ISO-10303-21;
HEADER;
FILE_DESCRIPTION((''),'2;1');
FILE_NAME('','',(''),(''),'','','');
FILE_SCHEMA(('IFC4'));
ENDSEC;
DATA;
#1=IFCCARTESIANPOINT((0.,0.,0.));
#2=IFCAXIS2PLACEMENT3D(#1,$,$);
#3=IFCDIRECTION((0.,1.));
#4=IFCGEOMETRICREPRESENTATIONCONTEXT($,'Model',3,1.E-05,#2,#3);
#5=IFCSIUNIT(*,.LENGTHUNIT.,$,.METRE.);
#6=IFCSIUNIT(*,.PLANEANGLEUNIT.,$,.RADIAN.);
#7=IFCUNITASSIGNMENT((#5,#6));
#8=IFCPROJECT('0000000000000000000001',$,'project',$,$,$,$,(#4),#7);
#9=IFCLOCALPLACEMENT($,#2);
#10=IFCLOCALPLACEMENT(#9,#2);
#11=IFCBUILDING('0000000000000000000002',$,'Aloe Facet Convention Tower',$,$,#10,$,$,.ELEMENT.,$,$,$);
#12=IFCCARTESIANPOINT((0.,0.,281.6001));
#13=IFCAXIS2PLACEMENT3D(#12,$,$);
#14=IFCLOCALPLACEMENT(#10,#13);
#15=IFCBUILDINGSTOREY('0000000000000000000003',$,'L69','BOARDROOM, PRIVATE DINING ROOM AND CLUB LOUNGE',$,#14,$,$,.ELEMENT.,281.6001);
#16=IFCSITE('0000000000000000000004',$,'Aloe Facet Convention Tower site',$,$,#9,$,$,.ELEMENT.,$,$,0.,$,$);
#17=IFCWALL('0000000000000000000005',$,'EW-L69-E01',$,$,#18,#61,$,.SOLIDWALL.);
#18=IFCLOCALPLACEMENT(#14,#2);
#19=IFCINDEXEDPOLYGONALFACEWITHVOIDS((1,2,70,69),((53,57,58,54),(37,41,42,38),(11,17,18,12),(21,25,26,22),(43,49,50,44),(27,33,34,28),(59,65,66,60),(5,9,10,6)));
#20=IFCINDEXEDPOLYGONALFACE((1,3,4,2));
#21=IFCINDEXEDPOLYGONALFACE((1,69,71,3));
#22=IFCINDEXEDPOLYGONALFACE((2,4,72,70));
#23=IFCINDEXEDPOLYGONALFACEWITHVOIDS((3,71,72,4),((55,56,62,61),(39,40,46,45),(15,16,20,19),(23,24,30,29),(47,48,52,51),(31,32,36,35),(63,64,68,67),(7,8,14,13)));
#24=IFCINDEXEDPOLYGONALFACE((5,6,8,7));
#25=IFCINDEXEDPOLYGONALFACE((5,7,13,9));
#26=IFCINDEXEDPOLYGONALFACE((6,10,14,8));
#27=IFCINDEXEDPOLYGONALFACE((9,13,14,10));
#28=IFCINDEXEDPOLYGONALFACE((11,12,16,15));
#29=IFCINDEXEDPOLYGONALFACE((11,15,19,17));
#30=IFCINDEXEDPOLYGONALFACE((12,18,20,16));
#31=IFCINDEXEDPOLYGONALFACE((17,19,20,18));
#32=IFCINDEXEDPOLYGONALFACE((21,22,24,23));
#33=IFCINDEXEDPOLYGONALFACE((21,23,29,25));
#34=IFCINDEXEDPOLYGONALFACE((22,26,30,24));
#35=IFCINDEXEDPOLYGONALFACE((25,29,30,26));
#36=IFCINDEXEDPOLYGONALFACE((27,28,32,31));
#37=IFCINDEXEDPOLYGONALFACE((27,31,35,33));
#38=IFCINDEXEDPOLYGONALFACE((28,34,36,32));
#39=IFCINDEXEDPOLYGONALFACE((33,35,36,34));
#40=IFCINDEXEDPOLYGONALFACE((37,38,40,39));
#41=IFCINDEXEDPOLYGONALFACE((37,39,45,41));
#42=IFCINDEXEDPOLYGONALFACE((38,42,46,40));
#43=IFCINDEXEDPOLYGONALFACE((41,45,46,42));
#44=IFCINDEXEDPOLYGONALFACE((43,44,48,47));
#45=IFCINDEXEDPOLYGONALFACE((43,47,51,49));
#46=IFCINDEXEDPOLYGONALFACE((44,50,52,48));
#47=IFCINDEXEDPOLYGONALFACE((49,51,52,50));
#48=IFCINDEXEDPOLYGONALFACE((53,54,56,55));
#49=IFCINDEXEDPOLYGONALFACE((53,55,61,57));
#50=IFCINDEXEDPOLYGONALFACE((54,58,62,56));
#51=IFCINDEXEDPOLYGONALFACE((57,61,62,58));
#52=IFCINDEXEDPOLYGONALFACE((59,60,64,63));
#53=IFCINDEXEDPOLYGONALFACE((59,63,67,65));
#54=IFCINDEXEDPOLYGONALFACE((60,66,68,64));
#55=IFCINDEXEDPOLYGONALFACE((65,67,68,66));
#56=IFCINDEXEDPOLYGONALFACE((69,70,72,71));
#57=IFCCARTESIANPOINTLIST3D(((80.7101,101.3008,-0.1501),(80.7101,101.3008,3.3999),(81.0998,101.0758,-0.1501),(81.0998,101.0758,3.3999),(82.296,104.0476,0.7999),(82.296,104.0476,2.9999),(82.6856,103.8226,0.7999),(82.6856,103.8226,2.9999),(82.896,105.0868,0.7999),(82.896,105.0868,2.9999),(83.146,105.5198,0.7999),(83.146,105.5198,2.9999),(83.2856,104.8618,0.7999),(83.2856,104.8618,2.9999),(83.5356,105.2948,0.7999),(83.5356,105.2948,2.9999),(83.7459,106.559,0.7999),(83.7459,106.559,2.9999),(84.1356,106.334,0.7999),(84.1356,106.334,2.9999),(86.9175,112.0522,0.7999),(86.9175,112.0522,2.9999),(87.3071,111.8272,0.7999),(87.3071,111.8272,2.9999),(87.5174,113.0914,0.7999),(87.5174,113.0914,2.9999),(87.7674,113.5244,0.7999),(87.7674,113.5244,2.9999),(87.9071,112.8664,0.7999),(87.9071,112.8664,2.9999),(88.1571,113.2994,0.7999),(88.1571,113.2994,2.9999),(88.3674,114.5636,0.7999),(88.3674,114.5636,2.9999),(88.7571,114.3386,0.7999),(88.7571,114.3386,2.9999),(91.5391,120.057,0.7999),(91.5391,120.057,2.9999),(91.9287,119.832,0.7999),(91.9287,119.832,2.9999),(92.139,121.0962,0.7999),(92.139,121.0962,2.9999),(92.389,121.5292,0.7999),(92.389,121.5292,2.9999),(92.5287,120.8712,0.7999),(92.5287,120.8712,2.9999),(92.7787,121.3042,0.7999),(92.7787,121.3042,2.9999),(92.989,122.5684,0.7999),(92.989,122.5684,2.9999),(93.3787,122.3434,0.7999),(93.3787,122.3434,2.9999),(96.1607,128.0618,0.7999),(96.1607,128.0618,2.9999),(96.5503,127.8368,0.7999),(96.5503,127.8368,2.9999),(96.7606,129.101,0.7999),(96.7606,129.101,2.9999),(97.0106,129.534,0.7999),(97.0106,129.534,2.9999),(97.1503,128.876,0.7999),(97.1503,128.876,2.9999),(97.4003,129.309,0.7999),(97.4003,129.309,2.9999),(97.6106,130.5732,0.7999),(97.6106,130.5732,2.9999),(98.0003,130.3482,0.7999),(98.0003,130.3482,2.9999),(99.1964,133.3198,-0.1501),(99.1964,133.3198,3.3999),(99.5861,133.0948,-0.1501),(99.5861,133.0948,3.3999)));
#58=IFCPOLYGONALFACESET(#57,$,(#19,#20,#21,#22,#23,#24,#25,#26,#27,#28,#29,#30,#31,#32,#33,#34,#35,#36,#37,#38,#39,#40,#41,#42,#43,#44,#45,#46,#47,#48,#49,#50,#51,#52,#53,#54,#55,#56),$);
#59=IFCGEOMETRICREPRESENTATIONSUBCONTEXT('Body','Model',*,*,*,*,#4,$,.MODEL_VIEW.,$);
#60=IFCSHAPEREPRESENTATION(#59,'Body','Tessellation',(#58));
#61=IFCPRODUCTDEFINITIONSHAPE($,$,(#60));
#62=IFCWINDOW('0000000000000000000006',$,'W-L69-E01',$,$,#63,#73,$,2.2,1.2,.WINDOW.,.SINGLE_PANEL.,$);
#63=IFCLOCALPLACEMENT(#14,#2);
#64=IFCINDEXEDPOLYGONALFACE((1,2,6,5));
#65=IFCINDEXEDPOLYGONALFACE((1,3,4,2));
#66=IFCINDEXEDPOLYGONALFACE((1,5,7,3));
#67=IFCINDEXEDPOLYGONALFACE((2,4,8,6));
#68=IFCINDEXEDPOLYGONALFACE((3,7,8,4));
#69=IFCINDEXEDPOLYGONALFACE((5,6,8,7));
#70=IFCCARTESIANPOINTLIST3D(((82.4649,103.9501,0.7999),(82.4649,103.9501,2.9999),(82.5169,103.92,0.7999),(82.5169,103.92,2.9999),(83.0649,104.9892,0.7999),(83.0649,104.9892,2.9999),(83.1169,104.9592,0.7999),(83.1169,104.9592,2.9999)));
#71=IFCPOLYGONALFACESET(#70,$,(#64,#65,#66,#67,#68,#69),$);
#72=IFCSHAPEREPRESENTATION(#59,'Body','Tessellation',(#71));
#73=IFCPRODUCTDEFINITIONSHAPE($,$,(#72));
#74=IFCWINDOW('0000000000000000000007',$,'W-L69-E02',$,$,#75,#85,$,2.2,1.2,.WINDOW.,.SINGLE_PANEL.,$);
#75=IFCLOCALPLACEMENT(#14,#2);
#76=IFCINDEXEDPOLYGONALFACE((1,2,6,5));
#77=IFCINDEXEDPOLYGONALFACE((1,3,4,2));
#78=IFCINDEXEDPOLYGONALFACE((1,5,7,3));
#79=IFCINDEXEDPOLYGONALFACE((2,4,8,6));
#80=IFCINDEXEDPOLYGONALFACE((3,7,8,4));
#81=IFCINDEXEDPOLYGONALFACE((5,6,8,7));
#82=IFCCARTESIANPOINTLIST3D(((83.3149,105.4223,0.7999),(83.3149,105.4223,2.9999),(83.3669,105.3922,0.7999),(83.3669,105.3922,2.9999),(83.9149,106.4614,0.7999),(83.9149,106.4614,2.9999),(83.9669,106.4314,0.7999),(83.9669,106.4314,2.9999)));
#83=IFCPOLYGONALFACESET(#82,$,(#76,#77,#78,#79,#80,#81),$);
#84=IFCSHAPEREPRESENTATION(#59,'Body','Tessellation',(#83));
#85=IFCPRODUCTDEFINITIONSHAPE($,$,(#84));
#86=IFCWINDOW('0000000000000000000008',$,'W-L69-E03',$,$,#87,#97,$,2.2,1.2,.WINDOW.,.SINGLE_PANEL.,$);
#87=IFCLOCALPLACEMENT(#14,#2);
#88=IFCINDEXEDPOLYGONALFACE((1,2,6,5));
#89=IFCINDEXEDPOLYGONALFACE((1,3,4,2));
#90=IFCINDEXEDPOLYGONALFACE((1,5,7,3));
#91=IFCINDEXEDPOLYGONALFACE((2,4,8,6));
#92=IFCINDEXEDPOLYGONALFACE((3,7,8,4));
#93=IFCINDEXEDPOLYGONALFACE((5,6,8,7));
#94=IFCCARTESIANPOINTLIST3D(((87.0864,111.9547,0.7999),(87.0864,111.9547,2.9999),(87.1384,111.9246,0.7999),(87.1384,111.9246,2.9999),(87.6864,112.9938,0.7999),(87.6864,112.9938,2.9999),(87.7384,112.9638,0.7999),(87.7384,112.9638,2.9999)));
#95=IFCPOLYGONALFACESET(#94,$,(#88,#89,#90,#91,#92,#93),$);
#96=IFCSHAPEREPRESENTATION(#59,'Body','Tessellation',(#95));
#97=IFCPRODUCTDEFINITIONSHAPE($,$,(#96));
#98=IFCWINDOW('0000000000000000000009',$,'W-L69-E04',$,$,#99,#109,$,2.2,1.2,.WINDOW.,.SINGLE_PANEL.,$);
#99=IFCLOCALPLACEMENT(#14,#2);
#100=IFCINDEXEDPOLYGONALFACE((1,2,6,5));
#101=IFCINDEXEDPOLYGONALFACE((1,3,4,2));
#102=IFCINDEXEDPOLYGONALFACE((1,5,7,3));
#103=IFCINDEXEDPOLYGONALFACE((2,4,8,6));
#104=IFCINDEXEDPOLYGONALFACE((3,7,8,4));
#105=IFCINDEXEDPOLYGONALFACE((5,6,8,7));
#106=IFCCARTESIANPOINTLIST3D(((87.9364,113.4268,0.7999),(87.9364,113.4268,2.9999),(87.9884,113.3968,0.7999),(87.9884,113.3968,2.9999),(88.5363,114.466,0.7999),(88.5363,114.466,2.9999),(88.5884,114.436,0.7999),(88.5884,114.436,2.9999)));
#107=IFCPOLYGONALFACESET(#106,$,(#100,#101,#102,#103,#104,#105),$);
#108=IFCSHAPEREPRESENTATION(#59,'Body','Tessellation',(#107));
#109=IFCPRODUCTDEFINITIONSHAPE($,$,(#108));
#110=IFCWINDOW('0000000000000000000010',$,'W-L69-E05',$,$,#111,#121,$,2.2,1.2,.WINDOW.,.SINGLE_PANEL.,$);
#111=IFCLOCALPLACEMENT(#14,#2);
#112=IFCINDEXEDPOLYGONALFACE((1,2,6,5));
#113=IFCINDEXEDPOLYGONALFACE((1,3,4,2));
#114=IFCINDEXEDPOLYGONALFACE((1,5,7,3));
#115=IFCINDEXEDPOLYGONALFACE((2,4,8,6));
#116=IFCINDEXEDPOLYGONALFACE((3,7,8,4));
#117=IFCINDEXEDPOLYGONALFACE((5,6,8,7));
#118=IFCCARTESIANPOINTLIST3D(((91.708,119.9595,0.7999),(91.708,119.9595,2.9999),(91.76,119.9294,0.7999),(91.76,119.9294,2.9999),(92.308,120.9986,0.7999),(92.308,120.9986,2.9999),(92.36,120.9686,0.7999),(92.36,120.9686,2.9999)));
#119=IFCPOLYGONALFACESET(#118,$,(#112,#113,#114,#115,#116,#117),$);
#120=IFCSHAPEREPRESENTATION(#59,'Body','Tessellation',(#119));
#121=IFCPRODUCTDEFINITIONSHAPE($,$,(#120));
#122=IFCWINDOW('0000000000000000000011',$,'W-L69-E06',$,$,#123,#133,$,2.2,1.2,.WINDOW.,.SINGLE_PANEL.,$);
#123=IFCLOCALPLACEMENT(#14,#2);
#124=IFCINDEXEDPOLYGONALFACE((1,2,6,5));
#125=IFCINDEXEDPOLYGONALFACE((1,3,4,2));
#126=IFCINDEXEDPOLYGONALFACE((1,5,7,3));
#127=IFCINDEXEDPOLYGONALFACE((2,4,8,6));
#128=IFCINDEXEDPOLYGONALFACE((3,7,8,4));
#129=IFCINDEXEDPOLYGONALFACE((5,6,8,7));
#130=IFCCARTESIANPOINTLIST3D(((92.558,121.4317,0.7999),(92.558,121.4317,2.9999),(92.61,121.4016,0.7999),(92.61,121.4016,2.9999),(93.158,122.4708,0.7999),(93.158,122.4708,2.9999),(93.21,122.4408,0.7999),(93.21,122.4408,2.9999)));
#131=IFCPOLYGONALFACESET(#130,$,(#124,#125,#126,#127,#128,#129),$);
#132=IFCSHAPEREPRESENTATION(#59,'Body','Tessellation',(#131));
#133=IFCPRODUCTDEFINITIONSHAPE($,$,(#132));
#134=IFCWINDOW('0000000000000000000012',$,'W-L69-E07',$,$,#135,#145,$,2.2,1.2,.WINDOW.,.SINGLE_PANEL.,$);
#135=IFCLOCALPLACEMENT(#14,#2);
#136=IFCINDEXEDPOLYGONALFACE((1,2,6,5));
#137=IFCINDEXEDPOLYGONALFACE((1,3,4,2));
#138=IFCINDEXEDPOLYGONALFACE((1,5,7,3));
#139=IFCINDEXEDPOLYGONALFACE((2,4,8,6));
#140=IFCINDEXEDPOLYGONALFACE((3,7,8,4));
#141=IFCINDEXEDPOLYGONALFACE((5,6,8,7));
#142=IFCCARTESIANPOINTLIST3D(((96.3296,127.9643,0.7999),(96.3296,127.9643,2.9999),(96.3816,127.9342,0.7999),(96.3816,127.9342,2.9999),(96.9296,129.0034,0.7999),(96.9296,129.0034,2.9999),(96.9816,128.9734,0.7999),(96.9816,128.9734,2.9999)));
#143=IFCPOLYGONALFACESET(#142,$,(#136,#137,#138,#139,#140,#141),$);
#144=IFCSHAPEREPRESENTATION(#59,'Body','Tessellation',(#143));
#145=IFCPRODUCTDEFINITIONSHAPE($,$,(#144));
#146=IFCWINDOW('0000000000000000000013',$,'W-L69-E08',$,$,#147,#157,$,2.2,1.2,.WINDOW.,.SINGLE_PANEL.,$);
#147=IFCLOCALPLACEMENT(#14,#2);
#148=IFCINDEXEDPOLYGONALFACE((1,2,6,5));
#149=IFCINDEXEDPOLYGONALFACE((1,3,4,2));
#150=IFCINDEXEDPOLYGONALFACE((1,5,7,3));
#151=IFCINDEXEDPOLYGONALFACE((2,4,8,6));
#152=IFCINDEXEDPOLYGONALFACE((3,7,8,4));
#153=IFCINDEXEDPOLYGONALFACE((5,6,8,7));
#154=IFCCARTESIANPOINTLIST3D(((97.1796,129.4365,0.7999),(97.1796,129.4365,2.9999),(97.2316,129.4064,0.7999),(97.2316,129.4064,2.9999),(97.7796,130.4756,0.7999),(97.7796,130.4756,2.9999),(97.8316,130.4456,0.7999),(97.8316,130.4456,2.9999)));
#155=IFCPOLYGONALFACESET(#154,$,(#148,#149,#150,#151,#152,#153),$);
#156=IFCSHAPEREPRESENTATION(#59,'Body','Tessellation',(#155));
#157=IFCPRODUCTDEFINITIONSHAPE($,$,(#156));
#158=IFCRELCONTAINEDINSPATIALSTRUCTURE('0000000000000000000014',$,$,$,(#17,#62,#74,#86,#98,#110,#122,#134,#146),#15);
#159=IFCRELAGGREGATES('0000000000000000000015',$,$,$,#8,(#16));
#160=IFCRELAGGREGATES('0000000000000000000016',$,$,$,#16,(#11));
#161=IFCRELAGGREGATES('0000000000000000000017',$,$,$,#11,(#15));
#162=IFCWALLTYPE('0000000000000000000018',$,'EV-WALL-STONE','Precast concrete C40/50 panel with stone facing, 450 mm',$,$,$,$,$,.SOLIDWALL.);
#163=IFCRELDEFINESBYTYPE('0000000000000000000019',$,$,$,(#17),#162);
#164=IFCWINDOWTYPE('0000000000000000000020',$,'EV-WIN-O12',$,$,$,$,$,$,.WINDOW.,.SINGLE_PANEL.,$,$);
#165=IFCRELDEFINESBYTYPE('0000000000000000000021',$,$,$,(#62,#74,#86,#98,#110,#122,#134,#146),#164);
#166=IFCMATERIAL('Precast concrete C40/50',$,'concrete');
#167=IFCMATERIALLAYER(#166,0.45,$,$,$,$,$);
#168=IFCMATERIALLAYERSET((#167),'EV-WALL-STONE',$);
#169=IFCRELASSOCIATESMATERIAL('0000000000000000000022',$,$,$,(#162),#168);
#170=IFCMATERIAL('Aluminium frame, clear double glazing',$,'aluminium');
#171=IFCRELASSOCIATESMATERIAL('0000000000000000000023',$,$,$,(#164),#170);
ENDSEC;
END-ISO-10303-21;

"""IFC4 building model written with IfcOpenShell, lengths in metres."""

from ifc_helpers import new_model, si_unit, direction, frame, frame_2d, origin, place, context, subcontext, project, spatial, polyline, rectangle, outline, extrude, material, layer, layer_set, type_object, element, fill, save


model = new_model("IFC4")

# Units and contexts
model_context = context("Model", 3, precision=1e-05, world=origin(), true_north=direction((0.0, 1.0)))
body_context = subcontext(model_context, "Body", "Model", "MODEL_VIEW")
ifc_project = project(units=[si_unit("LENGTHUNIT", "METRE"), si_unit("PLANEANGLEUNIT", "RADIAN")], contexts=[model_context])

# Site, building, storey
site_placement = place(None, origin())
site = spatial("IfcSite", under=ifc_project, at=site_placement, Name="Aloe Facet Convention Tower site", CompositionType="ELEMENT", RefElevation=0.0)
building_placement = place(site_placement, origin())
building = spatial("IfcBuilding", under=site, at=building_placement, Name="Aloe Facet Convention Tower", CompositionType="ELEMENT")
storey_placement = place(building_placement, frame((0.0, 0.0, 281.6001)))
storey = spatial("IfcBuildingStorey", under=building, at=storey_placement, Name="L69", Description="BOARDROOM, PRIVATE DINING ROOM AND CLUB LOUNGE", CompositionType="ELEMENT", Elevation=281.6001)

# Wall, openings, windows
ifc_material_1 = material(Name="Precast concrete C40/50", Category="concrete")
ifc_layer_1 = layer(ifc_material_1, 0.45)
ifc_layer_set_1 = layer_set([ifc_layer_1], Name="EV-WALL-STONE")
wall_type_1 = type_object("IfcWallType", Name="EV-WALL-STONE", Description="Precast concrete C40/50 panel with stone facing, 450 mm", PredefinedType="SOLIDWALL", material=ifc_layer_set_1)
wall_1_placement = place(storey_placement, frame((80.905, 101.1882, -0.1501), z_axis=(0.0, 0.0, 1.0), x_axis=(0.500003, 0.866024, 0.0)))
wall_1 = element("IfcWall", 1, at=wall_1_placement, inside=storey, type_object=wall_type_1, Name="EW-L69-E01", PredefinedType="SOLIDWALL", context=body_context, shape_type="SweptSolid", body=[
    extrude(outline(polyline([(36.9724, 0.0), (36.9724, 3.55), (0.0, 3.55), (0.0, 0.0), (36.9724, 0.0)])), frame((0.0, 0.2251, 0.0), z_axis=(0.0, -1.0, 0.0), x_axis=(1.0, 0.0, 0.0)), (0.0, 0.0, 1.0), 0.45),
])
opening_1_placement = place(wall_1_placement, frame((3.1716, 0.0, 0.95)))
opening_1 = element("IfcOpeningElement", 2, at=opening_1_placement, cuts=wall_1, PredefinedType="OPENING", context=body_context, shape_type="SweptSolid", body=[
    extrude(rectangle(XDim=1.2, YDim=2.2, at=frame_2d((0.6001, 1.1001))), frame((0.0, 0.2349, 0.0), z_axis=(0.0, -1.0, 0.0), x_axis=(1.0, 0.0, 0.0)), (0.0, 0.0, 1.0), 0.47),
])
opening_2_placement = place(wall_1_placement, frame((4.8716, 0.0, 0.95)))
opening_2 = element("IfcOpeningElement", 3, at=opening_2_placement, cuts=wall_1, PredefinedType="OPENING", context=body_context, shape_type="SweptSolid", body=[
    extrude(rectangle(XDim=1.2, YDim=2.2, at=frame_2d((0.6001, 1.1001))), frame((0.0, 0.2349, 0.0), z_axis=(0.0, -1.0, 0.0), x_axis=(1.0, 0.0, 0.0)), (0.0, 0.0, 1.0), 0.47),
])
opening_3_placement = place(wall_1_placement, frame((12.4146, 0.0, 0.95)))
opening_3 = element("IfcOpeningElement", 4, at=opening_3_placement, cuts=wall_1, PredefinedType="OPENING", context=body_context, shape_type="SweptSolid", body=[
    extrude(rectangle(XDim=1.2, YDim=2.2, at=frame_2d((0.6001, 1.1001))), frame((0.0, 0.2349, 0.0), z_axis=(0.0, -1.0, 0.0), x_axis=(1.0, 0.0, 0.0)), (0.0, 0.0, 1.0), 0.47),
])
opening_4_placement = place(wall_1_placement, frame((14.1145, 0.0, 0.95)))
opening_4 = element("IfcOpeningElement", 5, at=opening_4_placement, cuts=wall_1, PredefinedType="OPENING", context=body_context, shape_type="SweptSolid", body=[
    extrude(rectangle(XDim=1.2, YDim=2.2, at=frame_2d((0.6001, 1.1001))), frame((0.0, 0.2349, 0.0), z_axis=(0.0, -1.0, 0.0), x_axis=(1.0, 0.0, 0.0)), (0.0, 0.0, 1.0), 0.47),
])
opening_5_placement = place(wall_1_placement, frame((21.6577, 0.0, 0.95)))
opening_5 = element("IfcOpeningElement", 6, at=opening_5_placement, cuts=wall_1, PredefinedType="OPENING", context=body_context, shape_type="SweptSolid", body=[
    extrude(rectangle(XDim=1.2, YDim=2.2, at=frame_2d((0.6001, 1.1001))), frame((0.0, 0.2349, 0.0), z_axis=(0.0, -1.0, 0.0), x_axis=(1.0, 0.0, 0.0)), (0.0, 0.0, 1.0), 0.47),
])
opening_6_placement = place(wall_1_placement, frame((23.3577, 0.0, 0.95)))
opening_6 = element("IfcOpeningElement", 7, at=opening_6_placement, cuts=wall_1, PredefinedType="OPENING", context=body_context, shape_type="SweptSolid", body=[
    extrude(rectangle(XDim=1.2, YDim=2.2, at=frame_2d((0.6001, 1.1001))), frame((0.0, 0.2349, 0.0), z_axis=(0.0, -1.0, 0.0), x_axis=(1.0, 0.0, 0.0)), (0.0, 0.0, 1.0), 0.47),
])
opening_7_placement = place(wall_1_placement, frame((30.9009, 0.0, 0.95)))
opening_7 = element("IfcOpeningElement", 8, at=opening_7_placement, cuts=wall_1, PredefinedType="OPENING", context=body_context, shape_type="SweptSolid", body=[
    extrude(rectangle(XDim=1.2, YDim=2.2, at=frame_2d((0.6001, 1.1001))), frame((0.0, 0.2349, 0.0), z_axis=(0.0, -1.0, 0.0), x_axis=(1.0, 0.0, 0.0)), (0.0, 0.0, 1.0), 0.47),
])
opening_8_placement = place(wall_1_placement, frame((32.6008, 0.0, 0.95)))
opening_8 = element("IfcOpeningElement", 9, at=opening_8_placement, cuts=wall_1, PredefinedType="OPENING", context=body_context, shape_type="SweptSolid", body=[
    extrude(rectangle(XDim=1.2, YDim=2.2, at=frame_2d((0.6001, 1.1001))), frame((0.0, 0.2349, 0.0), z_axis=(0.0, -1.0, 0.0), x_axis=(1.0, 0.0, 0.0)), (0.0, 0.0, 1.0), 0.47),
])
ifc_material_2 = material(Name="Aluminium frame, clear double glazing", Category="aluminium")
window_type = type_object("IfcWindowType", Name="EV-WIN-O12", PartitioningType="SINGLE_PANEL", PredefinedType="WINDOW", material=ifc_material_2)
window_1_placement = place(opening_1_placement, origin())
window_1 = element("IfcWindow", 10, at=window_1_placement, inside=storey, type_object=window_type, Name="W-L69-E01", OverallHeight=2.2, OverallWidth=1.2, PartitioningType="SINGLE_PANEL", PredefinedType="WINDOW", context=body_context, shape_type="SweptSolid", body=[
    extrude(rectangle(XDim=1.2, YDim=2.2, at=frame_2d((0.6001, 1.1001))), frame((0.0, 0.03, 0.0), z_axis=(0.0, -1.0, 0.0), x_axis=(1.0, 0.0, 0.0)), (0.0, 0.0, 1.0), 0.0601),
])
fill(opening_1, window_1)
window_2_placement = place(opening_2_placement, origin())
window_2 = element("IfcWindow", 11, at=window_2_placement, inside=storey, type_object=window_type, Name="W-L69-E02", OverallHeight=2.2, OverallWidth=1.2, PartitioningType="SINGLE_PANEL", PredefinedType="WINDOW", context=body_context, shape_type="SweptSolid", body=[
    extrude(rectangle(XDim=1.2, YDim=2.2, at=frame_2d((0.6001, 1.1001))), frame((0.0, 0.03, 0.0), z_axis=(0.0, -1.0, 0.0), x_axis=(1.0, 0.0, 0.0)), (0.0, 0.0, 1.0), 0.0601),
])
fill(opening_2, window_2)
window_3_placement = place(opening_3_placement, origin())
window_3 = element("IfcWindow", 12, at=window_3_placement, inside=storey, type_object=window_type, Name="W-L69-E03", OverallHeight=2.2, OverallWidth=1.2, PartitioningType="SINGLE_PANEL", PredefinedType="WINDOW", context=body_context, shape_type="SweptSolid", body=[
    extrude(rectangle(XDim=1.2, YDim=2.2, at=frame_2d((0.6001, 1.1001))), frame((0.0, 0.03, 0.0), z_axis=(0.0, -1.0, 0.0), x_axis=(1.0, 0.0, 0.0)), (0.0, 0.0, 1.0), 0.0601),
])
fill(opening_3, window_3)
window_4_placement = place(opening_4_placement, origin())
window_4 = element("IfcWindow", 13, at=window_4_placement, inside=storey, type_object=window_type, Name="W-L69-E04", OverallHeight=2.2, OverallWidth=1.2, PartitioningType="SINGLE_PANEL", PredefinedType="WINDOW", context=body_context, shape_type="SweptSolid", body=[
    extrude(rectangle(XDim=1.2, YDim=2.2, at=frame_2d((0.6001, 1.1001))), frame((0.0, 0.03, 0.0), z_axis=(0.0, -1.0, 0.0), x_axis=(1.0, 0.0, 0.0)), (0.0, 0.0, 1.0), 0.0601),
])
fill(opening_4, window_4)
window_5_placement = place(opening_5_placement, origin())
window_5 = element("IfcWindow", 14, at=window_5_placement, inside=storey, type_object=window_type, Name="W-L69-E05", OverallHeight=2.2, OverallWidth=1.2, PartitioningType="SINGLE_PANEL", PredefinedType="WINDOW", context=body_context, shape_type="SweptSolid", body=[
    extrude(rectangle(XDim=1.2, YDim=2.2, at=frame_2d((0.6001, 1.1001))), frame((0.0, 0.03, 0.0), z_axis=(0.0, -1.0, 0.0), x_axis=(1.0, 0.0, 0.0)), (0.0, 0.0, 1.0), 0.0601),
])
fill(opening_5, window_5)
window_6_placement = place(opening_6_placement, origin())
window_6 = element("IfcWindow", 15, at=window_6_placement, inside=storey, type_object=window_type, Name="W-L69-E06", OverallHeight=2.2, OverallWidth=1.2, PartitioningType="SINGLE_PANEL", PredefinedType="WINDOW", context=body_context, shape_type="SweptSolid", body=[
    extrude(rectangle(XDim=1.2, YDim=2.2, at=frame_2d((0.6001, 1.1001))), frame((0.0, 0.03, 0.0), z_axis=(0.0, -1.0, 0.0), x_axis=(1.0, 0.0, 0.0)), (0.0, 0.0, 1.0), 0.0601),
])
fill(opening_6, window_6)
window_7_placement = place(opening_7_placement, origin())
window_7 = element("IfcWindow", 16, at=window_7_placement, inside=storey, type_object=window_type, Name="W-L69-E07", OverallHeight=2.2, OverallWidth=1.2, PartitioningType="SINGLE_PANEL", PredefinedType="WINDOW", context=body_context, shape_type="SweptSolid", body=[
    extrude(rectangle(XDim=1.2, YDim=2.2, at=frame_2d((0.6001, 1.1001))), frame((0.0, 0.03, 0.0), z_axis=(0.0, -1.0, 0.0), x_axis=(1.0, 0.0, 0.0)), (0.0, 0.0, 1.0), 0.0601),
])
fill(opening_7, window_7)
window_8_placement = place(opening_8_placement, origin())
window_8 = element("IfcWindow", 17, at=window_8_placement, inside=storey, type_object=window_type, Name="W-L69-E08", OverallHeight=2.2, OverallWidth=1.2, PartitioningType="SINGLE_PANEL", PredefinedType="WINDOW", context=body_context, shape_type="SweptSolid", body=[
    extrude(rectangle(XDim=1.2, YDim=2.2, at=frame_2d((0.6001, 1.1001))), frame((0.0, 0.03, 0.0), z_axis=(0.0, -1.0, 0.0), x_axis=(1.0, 0.0, 0.0)), (0.0, 0.0, 1.0), 0.0601),
])
fill(opening_8, window_8)

save(model, "model.ifc")
